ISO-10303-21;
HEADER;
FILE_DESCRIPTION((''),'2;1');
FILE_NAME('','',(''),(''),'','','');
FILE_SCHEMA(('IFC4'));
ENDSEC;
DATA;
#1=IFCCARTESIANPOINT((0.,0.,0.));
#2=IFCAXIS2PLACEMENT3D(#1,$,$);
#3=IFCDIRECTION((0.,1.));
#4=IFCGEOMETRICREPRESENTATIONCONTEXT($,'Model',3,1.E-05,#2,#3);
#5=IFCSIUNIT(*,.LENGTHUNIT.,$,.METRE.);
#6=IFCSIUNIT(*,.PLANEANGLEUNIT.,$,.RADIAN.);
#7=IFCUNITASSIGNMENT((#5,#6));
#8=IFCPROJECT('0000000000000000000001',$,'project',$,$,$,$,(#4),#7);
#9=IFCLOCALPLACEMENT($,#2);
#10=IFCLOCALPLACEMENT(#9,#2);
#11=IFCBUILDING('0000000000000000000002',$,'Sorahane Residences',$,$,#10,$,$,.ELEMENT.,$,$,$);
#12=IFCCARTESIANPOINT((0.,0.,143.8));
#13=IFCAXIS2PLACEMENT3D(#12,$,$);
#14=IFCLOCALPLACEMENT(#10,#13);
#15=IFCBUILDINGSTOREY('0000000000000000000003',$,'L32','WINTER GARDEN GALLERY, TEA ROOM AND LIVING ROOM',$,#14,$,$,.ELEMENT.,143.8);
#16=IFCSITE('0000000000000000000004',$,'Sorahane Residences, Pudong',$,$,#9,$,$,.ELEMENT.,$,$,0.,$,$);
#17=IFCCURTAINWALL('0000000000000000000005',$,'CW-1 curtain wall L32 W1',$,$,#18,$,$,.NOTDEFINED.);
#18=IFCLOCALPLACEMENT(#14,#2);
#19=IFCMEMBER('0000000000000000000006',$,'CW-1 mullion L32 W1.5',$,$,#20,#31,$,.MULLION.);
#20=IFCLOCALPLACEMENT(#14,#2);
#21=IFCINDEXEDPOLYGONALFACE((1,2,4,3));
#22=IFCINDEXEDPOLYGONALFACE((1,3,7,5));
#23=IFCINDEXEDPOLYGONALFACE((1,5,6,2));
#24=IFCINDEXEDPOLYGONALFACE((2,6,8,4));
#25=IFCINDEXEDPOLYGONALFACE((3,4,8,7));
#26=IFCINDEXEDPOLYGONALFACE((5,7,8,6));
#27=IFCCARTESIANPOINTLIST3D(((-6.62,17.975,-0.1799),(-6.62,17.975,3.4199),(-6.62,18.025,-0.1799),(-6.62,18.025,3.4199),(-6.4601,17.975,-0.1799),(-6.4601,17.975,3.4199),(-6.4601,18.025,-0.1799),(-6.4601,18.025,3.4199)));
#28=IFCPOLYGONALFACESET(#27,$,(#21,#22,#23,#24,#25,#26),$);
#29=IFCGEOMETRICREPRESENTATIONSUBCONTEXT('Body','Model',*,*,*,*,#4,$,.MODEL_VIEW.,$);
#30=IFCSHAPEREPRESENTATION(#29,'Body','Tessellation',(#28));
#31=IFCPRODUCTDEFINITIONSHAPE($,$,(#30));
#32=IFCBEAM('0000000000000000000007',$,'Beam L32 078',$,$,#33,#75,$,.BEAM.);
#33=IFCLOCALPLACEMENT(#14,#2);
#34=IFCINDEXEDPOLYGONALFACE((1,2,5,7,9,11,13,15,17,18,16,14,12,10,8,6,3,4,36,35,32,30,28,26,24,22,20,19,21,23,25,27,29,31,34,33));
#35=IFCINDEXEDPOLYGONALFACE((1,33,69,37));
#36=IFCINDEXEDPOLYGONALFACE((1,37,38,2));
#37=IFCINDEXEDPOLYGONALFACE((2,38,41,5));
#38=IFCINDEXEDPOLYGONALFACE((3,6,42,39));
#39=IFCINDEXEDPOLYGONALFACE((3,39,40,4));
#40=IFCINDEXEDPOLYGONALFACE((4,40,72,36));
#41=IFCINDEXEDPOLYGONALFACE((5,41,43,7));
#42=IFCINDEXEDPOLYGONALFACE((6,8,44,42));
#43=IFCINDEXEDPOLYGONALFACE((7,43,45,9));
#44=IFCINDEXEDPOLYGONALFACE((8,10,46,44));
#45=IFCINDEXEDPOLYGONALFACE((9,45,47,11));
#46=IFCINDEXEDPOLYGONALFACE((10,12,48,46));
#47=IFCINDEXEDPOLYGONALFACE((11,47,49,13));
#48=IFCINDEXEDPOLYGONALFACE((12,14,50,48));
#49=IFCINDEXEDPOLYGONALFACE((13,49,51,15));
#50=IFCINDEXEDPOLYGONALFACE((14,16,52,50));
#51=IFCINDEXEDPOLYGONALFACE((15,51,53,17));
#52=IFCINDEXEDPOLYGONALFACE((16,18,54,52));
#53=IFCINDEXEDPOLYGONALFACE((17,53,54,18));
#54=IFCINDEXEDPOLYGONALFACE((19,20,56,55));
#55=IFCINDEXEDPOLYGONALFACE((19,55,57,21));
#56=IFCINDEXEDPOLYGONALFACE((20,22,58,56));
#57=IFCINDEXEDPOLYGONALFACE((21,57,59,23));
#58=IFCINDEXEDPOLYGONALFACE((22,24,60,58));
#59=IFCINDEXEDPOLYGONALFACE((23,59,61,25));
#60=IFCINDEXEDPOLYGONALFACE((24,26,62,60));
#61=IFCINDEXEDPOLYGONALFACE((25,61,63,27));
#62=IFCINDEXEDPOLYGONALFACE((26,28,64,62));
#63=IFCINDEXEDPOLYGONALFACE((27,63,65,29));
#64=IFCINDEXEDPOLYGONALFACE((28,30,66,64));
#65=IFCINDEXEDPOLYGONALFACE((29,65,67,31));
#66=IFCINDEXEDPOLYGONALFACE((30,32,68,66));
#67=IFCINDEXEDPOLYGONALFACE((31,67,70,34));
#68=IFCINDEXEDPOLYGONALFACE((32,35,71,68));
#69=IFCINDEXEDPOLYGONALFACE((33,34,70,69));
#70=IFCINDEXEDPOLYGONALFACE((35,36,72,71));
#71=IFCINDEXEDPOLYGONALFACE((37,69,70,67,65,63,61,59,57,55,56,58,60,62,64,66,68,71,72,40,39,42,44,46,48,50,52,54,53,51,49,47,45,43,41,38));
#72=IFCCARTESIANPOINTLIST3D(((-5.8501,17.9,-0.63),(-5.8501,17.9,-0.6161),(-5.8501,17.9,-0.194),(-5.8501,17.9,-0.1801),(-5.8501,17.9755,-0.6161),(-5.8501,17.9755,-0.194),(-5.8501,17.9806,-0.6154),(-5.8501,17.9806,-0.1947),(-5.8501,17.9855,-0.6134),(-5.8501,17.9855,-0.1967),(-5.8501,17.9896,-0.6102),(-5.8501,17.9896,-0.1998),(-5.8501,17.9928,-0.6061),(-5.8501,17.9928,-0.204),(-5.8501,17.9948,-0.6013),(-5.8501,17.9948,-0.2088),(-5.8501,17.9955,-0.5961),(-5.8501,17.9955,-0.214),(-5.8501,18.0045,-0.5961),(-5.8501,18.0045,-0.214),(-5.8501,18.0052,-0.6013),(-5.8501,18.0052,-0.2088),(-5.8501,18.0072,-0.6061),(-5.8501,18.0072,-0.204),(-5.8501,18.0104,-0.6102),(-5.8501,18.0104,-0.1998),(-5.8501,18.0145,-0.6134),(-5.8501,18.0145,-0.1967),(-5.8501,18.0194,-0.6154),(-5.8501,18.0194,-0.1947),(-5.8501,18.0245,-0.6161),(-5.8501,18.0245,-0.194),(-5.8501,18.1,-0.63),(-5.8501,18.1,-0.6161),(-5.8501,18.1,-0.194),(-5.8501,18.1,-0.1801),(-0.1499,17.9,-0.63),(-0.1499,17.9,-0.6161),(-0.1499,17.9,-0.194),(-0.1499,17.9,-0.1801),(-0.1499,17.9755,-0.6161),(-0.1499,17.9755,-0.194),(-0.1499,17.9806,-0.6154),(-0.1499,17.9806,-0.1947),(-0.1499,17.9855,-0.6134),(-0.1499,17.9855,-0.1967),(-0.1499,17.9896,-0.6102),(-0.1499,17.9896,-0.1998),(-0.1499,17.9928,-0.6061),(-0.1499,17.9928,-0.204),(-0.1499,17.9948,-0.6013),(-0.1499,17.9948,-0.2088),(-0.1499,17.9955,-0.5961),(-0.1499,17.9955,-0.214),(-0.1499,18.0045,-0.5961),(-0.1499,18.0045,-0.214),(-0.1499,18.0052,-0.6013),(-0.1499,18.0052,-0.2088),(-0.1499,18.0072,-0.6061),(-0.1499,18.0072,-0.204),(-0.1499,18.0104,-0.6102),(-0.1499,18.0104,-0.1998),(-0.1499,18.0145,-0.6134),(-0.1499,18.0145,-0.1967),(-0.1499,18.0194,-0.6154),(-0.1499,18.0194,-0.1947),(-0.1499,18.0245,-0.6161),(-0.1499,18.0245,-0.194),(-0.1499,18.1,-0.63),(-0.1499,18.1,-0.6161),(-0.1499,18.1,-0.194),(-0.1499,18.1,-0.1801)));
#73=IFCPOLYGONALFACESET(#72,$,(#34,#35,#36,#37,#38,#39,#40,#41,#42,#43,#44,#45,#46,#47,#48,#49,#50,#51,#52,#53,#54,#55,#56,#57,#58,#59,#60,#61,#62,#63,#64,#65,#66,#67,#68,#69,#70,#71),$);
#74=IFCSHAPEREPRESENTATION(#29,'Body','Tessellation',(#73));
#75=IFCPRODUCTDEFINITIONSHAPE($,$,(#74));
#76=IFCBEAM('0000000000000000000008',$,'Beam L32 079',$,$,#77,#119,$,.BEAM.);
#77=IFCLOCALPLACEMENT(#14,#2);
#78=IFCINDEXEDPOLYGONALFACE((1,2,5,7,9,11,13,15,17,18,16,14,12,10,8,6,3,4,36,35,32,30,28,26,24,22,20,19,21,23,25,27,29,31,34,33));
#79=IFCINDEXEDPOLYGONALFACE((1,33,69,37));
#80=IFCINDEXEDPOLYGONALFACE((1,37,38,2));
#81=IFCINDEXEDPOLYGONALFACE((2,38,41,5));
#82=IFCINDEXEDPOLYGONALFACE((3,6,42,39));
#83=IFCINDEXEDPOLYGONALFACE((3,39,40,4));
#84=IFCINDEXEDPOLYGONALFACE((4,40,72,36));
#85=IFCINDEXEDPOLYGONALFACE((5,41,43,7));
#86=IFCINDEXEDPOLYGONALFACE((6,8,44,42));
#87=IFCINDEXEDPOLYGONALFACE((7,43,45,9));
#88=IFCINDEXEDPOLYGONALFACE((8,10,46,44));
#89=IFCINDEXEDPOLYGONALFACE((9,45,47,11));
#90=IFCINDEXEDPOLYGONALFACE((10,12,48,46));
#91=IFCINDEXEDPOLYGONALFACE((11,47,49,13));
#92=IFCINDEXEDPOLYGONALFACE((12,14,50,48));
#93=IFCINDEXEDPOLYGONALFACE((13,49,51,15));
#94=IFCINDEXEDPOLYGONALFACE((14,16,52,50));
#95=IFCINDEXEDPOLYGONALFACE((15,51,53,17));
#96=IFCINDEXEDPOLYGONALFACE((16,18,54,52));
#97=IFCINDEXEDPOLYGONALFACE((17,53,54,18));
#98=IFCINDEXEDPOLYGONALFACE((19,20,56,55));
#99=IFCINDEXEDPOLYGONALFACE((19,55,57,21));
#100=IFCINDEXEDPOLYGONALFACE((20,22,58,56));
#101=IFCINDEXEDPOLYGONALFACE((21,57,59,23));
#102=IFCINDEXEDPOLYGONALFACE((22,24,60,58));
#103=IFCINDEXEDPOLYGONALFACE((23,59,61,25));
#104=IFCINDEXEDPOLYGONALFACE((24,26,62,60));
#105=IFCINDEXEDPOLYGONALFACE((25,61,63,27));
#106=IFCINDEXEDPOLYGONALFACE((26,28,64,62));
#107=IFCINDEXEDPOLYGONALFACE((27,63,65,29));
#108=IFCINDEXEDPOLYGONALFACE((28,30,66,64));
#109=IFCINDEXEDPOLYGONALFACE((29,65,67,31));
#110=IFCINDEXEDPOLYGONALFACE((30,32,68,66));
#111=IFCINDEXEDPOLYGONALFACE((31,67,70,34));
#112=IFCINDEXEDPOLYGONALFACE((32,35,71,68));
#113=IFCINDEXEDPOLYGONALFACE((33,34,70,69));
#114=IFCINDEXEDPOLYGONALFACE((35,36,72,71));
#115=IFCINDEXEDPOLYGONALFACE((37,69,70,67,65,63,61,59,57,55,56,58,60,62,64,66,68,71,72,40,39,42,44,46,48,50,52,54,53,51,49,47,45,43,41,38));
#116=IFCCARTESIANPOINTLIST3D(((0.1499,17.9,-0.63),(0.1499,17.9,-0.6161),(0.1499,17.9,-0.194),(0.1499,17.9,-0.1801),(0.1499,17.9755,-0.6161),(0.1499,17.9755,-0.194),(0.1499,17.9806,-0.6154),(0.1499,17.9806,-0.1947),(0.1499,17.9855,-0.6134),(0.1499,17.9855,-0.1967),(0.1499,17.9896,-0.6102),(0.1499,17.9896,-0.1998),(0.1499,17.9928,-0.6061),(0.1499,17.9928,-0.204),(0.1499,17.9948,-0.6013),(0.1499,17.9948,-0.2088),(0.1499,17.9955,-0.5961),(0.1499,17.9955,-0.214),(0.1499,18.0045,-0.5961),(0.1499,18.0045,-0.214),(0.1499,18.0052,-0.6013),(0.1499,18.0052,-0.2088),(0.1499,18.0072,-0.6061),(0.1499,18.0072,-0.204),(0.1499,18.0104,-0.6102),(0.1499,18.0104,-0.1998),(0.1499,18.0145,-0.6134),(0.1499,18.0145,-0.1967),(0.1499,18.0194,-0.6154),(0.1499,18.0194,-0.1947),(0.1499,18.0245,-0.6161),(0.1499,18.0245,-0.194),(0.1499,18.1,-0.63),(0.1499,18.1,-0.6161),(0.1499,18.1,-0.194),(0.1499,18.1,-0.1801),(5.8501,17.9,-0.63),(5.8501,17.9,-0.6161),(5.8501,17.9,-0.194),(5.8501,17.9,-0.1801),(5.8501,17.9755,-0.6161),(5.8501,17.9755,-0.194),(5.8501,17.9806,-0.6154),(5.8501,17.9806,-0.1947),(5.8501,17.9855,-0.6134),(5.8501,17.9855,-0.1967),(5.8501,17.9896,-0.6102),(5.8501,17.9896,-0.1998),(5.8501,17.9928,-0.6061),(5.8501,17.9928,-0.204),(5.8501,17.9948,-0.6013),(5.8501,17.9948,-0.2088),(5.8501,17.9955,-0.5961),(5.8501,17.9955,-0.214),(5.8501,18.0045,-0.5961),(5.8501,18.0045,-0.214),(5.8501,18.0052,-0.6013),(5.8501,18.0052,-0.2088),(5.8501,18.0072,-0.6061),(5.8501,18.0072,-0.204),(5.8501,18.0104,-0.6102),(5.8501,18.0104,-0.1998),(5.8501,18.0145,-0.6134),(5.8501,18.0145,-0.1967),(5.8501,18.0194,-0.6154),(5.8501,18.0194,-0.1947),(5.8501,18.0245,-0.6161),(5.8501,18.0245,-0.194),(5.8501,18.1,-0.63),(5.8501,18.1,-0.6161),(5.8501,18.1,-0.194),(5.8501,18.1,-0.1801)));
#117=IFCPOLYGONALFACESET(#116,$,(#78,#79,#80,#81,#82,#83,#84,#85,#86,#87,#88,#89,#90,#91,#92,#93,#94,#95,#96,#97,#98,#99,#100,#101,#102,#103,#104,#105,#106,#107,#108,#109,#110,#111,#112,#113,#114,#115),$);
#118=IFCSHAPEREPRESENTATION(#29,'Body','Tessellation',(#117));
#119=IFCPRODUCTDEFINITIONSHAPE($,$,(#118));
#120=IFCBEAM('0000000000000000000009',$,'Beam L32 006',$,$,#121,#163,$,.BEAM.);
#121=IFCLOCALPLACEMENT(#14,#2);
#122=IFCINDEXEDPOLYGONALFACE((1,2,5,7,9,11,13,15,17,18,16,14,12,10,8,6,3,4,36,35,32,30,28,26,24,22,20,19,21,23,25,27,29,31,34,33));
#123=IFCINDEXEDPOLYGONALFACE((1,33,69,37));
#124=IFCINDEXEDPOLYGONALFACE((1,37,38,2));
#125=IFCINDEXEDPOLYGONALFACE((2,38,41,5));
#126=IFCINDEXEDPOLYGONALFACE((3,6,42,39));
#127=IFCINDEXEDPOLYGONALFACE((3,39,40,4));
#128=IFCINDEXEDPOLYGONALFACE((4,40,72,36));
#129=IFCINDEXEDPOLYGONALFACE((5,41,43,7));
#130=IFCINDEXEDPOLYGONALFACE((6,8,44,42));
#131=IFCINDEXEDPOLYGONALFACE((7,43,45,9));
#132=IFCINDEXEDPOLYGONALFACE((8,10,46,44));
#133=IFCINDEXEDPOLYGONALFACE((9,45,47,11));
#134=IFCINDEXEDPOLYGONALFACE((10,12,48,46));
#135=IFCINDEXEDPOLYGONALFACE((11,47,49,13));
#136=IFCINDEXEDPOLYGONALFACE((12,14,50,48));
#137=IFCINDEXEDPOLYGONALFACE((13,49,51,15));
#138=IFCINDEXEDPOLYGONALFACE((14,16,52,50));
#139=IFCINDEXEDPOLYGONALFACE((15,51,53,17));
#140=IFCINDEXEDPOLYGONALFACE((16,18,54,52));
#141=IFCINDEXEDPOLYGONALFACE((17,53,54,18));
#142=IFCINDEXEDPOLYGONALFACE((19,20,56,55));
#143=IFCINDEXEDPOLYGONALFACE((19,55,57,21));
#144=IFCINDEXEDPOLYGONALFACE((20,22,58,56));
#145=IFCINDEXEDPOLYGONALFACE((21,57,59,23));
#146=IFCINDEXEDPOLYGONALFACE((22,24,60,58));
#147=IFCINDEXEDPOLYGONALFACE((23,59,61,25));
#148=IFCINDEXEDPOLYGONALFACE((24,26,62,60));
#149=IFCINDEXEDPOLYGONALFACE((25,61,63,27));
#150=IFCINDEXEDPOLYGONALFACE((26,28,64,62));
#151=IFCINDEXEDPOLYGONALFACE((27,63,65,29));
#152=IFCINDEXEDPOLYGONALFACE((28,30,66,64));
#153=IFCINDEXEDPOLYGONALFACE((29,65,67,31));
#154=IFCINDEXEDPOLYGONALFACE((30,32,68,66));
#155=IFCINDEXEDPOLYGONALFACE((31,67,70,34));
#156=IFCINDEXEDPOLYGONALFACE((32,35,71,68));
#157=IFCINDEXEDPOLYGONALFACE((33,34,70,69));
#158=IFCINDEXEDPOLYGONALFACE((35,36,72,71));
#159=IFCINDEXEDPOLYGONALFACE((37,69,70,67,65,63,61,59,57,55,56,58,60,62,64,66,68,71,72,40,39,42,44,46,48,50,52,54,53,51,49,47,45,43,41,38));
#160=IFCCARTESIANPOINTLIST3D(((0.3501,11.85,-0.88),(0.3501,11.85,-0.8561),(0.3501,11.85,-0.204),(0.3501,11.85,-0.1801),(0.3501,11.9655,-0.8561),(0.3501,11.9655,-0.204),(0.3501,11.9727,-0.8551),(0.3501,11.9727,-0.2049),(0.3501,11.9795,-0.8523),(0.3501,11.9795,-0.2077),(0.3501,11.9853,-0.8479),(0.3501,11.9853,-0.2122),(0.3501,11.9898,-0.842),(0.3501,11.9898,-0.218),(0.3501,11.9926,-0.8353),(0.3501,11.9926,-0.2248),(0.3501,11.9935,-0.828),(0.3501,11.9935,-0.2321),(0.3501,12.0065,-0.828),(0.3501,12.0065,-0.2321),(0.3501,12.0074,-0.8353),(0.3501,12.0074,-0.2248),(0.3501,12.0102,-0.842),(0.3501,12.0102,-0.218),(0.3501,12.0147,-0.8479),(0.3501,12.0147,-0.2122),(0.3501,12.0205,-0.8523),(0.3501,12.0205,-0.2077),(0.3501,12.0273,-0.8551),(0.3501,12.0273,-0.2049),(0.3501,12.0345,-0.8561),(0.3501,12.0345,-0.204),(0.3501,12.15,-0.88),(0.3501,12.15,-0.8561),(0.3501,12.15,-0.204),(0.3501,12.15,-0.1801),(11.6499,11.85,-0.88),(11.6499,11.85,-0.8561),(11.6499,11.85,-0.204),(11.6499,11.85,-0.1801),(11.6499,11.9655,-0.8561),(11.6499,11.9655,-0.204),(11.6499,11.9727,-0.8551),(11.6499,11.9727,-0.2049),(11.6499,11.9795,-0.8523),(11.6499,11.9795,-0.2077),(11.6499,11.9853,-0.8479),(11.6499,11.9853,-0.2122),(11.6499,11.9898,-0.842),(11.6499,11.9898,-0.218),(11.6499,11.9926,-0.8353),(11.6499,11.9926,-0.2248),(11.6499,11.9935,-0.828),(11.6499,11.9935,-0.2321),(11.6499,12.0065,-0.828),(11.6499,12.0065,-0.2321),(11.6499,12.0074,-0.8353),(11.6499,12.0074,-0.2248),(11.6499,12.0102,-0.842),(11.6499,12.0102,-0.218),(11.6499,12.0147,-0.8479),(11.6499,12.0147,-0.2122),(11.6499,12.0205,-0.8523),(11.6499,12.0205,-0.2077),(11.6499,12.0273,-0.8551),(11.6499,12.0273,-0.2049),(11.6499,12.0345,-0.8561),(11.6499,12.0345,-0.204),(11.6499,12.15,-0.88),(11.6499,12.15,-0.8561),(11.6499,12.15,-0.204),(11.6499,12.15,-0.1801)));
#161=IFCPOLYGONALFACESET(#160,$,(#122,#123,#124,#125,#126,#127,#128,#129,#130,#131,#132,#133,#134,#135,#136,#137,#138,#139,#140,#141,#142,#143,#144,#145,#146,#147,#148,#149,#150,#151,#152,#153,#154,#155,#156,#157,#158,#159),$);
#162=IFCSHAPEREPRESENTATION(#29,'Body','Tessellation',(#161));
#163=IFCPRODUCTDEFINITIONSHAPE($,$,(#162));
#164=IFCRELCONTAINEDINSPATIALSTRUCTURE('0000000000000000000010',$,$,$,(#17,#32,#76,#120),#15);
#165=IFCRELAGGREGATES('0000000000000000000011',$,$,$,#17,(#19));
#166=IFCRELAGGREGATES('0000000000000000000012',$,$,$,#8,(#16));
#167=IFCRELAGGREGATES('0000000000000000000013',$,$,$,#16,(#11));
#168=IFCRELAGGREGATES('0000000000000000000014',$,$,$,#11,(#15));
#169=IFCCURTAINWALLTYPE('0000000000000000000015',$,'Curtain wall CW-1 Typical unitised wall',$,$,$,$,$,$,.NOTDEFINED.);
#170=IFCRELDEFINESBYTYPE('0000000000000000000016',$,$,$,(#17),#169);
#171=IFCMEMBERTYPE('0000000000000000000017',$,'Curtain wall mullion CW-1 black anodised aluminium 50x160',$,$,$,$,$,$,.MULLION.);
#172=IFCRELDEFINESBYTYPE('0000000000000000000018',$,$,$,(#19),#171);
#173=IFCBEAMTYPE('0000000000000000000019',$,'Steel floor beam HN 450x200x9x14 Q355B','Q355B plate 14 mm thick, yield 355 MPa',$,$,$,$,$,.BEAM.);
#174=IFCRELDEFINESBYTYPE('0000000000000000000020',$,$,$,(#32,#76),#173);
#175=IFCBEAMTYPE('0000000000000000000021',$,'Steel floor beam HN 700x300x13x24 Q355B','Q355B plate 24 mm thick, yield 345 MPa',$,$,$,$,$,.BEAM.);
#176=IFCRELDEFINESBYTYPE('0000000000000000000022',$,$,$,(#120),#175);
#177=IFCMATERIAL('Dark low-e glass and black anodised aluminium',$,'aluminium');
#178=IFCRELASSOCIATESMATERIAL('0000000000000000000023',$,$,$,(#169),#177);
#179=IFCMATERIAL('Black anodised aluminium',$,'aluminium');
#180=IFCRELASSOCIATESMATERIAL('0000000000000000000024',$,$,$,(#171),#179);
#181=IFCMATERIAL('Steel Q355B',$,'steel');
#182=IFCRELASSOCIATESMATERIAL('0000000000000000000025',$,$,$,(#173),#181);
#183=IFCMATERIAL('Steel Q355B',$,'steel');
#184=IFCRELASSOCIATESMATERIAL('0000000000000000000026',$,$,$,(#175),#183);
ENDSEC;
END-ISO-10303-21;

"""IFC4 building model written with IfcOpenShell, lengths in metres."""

from ifc_helpers import new_model, si_unit, direction, frame, origin, origin_2d, place, context, subcontext, project, spatial, rectangle, i_section, extrude, material, material_profile, profile_set, type_object, element, aggregate, save


model = new_model("IFC4")

# Units and contexts
model_context = context("Model", 3, precision=1e-05, world=origin(), true_north=direction((0.0, 1.0)))
body_context = subcontext(model_context, "Body", "Model", "MODEL_VIEW")
ifc_project = project(units=[si_unit("LENGTHUNIT", "METRE"), si_unit("PLANEANGLEUNIT", "RADIAN")], contexts=[model_context])

# Site, building, storey
site_placement = place(None, origin())
site = spatial("IfcSite", under=ifc_project, at=site_placement, Name="Sorahane Residences, Pudong", CompositionType="ELEMENT", RefElevation=0.0)
building_placement = place(site_placement, origin())
building = spatial("IfcBuilding", under=site, at=building_placement, Name="Sorahane Residences", CompositionType="ELEMENT")
storey_placement = place(building_placement, frame((0.0, 0.0, 143.8)))
storey = spatial("IfcBuildingStorey", under=building, at=storey_placement, Name="L32", Description="WINTER GARDEN GALLERY, TEA ROOM AND LIVING ROOM", CompositionType="ELEMENT", Elevation=143.8)

# Curtain wall, member
ifc_material_1 = material(Name="Dark low-e glass and black anodised aluminium", Category="aluminium")
curtain_wall_type = type_object("IfcCurtainWallType", Name="Curtain wall CW-1 Typical unitised wall", PredefinedType="NOTDEFINED", material=ifc_material_1)
curtain_wall_placement = place(storey_placement, origin())
curtain_wall = element("IfcCurtainWall", 1, at=curtain_wall_placement, inside=storey, type_object=curtain_wall_type, Name="CW-1 curtain wall L32 W1", PredefinedType="NOTDEFINED")
ifc_material_2 = material(Name="Black anodised aluminium", Category="aluminium")
ifc_material_profile_1 = material_profile(ifc_material_2, rectangle(XDim=0.1599, YDim=0.05, at=origin_2d()), Name="Curtain wall mullion CW-1 black anodised aluminium 50x160")
ifc_profile_set_1 = profile_set([ifc_material_profile_1], Name="Black anodised aluminium")
member_type = type_object("IfcMemberType", Name="Curtain wall mullion CW-1 black anodised aluminium 50x160", PredefinedType="MULLION", material=ifc_profile_set_1)
member_placement = place(storey_placement, frame((-6.54, 18.0, -0.1799), z_axis=(0.0, 0.0, 1.0), x_axis=(-1.0, 0.0, 0.0)))
member = element("IfcMember", 2, at=member_placement, type_object=member_type, Name="CW-1 mullion L32 W1.5", PredefinedType="MULLION", context=body_context, shape_type="SweptSolid", body=[
    extrude(rectangle(XDim=0.1599, YDim=0.05, at=origin_2d()), origin(), (0.0, 0.0, 1.0), 3.5999),
])

# Beams
ifc_material_3 = material(Name="Steel Q355B", Category="steel")
ifc_material_profile_2 = material_profile(ifc_material_3, i_section(OverallWidth=0.2, OverallDepth=0.45, WebThickness=0.009, FlangeThickness=0.0139, FilletRadius=0.02, at=origin_2d()), Name="HN 450x200x9x14")
ifc_profile_set_2 = profile_set([ifc_material_profile_2], Name="Steel Q355B")
beam_type_1 = type_object("IfcBeamType", Name="Steel floor beam HN 450x200x9x14 Q355B", Description="Q355B plate 14 mm thick, yield 355 MPa", PredefinedType="BEAM", material=ifc_profile_set_2)
for number, where, z_axis, x_axis, name in (
    (3, (-5.8501, 18.0, -0.405), (1.0, 0.0, 0.0), (0.0, 1.0, 0.0), "Beam L32 078"),
    (4, (0.1499, 18.0, -0.405), (1.0, 0.0, 0.0), (0.0, 1.0, 0.0), "Beam L32 079"),
):
    element("IfcBeam", number, at=place(storey_placement, frame(where, z_axis=z_axis, x_axis=x_axis)), inside=storey, type_object=beam_type_1, Name=name, PredefinedType="BEAM", context=body_context, shape_type="SweptSolid", body=[
        extrude(i_section(OverallWidth=0.2, OverallDepth=0.45, WebThickness=0.009, FlangeThickness=0.0139, FilletRadius=0.02, at=origin_2d()), origin(), (0.0, 0.0, 1.0), 5.7002),
    ])
ifc_material_4 = material(Name="Steel Q355B", Category="steel")
ifc_material_profile_3 = material_profile(ifc_material_4, i_section(OverallWidth=0.3, OverallDepth=0.7, WebThickness=0.0129, FlangeThickness=0.0239, FilletRadius=0.0281, at=origin_2d()), Name="HN 700x300x13x24")
ifc_profile_set_3 = profile_set([ifc_material_profile_3], Name="Steel Q355B")
beam_type_2 = type_object("IfcBeamType", Name="Steel floor beam HN 700x300x13x24 Q355B", Description="Q355B plate 24 mm thick, yield 345 MPa", PredefinedType="BEAM", material=ifc_profile_set_3)
beam_1_placement = place(storey_placement, frame((0.3501, 12.0, -0.53), z_axis=(1.0, 0.0, 0.0), x_axis=(0.0, 1.0, 0.0)))
element("IfcBeam", 5, at=beam_1_placement, inside=storey, type_object=beam_type_2, Name="Beam L32 006", PredefinedType="BEAM", context=body_context, shape_type="SweptSolid", body=[
    extrude(i_section(OverallWidth=0.3, OverallDepth=0.7, WebThickness=0.0129, FlangeThickness=0.0239, FilletRadius=0.0281, at=origin_2d()), origin(), (0.0, 0.0, 1.0), 11.2998),
])

aggregate(curtain_wall, [member])

save(model, "model.ifc")
